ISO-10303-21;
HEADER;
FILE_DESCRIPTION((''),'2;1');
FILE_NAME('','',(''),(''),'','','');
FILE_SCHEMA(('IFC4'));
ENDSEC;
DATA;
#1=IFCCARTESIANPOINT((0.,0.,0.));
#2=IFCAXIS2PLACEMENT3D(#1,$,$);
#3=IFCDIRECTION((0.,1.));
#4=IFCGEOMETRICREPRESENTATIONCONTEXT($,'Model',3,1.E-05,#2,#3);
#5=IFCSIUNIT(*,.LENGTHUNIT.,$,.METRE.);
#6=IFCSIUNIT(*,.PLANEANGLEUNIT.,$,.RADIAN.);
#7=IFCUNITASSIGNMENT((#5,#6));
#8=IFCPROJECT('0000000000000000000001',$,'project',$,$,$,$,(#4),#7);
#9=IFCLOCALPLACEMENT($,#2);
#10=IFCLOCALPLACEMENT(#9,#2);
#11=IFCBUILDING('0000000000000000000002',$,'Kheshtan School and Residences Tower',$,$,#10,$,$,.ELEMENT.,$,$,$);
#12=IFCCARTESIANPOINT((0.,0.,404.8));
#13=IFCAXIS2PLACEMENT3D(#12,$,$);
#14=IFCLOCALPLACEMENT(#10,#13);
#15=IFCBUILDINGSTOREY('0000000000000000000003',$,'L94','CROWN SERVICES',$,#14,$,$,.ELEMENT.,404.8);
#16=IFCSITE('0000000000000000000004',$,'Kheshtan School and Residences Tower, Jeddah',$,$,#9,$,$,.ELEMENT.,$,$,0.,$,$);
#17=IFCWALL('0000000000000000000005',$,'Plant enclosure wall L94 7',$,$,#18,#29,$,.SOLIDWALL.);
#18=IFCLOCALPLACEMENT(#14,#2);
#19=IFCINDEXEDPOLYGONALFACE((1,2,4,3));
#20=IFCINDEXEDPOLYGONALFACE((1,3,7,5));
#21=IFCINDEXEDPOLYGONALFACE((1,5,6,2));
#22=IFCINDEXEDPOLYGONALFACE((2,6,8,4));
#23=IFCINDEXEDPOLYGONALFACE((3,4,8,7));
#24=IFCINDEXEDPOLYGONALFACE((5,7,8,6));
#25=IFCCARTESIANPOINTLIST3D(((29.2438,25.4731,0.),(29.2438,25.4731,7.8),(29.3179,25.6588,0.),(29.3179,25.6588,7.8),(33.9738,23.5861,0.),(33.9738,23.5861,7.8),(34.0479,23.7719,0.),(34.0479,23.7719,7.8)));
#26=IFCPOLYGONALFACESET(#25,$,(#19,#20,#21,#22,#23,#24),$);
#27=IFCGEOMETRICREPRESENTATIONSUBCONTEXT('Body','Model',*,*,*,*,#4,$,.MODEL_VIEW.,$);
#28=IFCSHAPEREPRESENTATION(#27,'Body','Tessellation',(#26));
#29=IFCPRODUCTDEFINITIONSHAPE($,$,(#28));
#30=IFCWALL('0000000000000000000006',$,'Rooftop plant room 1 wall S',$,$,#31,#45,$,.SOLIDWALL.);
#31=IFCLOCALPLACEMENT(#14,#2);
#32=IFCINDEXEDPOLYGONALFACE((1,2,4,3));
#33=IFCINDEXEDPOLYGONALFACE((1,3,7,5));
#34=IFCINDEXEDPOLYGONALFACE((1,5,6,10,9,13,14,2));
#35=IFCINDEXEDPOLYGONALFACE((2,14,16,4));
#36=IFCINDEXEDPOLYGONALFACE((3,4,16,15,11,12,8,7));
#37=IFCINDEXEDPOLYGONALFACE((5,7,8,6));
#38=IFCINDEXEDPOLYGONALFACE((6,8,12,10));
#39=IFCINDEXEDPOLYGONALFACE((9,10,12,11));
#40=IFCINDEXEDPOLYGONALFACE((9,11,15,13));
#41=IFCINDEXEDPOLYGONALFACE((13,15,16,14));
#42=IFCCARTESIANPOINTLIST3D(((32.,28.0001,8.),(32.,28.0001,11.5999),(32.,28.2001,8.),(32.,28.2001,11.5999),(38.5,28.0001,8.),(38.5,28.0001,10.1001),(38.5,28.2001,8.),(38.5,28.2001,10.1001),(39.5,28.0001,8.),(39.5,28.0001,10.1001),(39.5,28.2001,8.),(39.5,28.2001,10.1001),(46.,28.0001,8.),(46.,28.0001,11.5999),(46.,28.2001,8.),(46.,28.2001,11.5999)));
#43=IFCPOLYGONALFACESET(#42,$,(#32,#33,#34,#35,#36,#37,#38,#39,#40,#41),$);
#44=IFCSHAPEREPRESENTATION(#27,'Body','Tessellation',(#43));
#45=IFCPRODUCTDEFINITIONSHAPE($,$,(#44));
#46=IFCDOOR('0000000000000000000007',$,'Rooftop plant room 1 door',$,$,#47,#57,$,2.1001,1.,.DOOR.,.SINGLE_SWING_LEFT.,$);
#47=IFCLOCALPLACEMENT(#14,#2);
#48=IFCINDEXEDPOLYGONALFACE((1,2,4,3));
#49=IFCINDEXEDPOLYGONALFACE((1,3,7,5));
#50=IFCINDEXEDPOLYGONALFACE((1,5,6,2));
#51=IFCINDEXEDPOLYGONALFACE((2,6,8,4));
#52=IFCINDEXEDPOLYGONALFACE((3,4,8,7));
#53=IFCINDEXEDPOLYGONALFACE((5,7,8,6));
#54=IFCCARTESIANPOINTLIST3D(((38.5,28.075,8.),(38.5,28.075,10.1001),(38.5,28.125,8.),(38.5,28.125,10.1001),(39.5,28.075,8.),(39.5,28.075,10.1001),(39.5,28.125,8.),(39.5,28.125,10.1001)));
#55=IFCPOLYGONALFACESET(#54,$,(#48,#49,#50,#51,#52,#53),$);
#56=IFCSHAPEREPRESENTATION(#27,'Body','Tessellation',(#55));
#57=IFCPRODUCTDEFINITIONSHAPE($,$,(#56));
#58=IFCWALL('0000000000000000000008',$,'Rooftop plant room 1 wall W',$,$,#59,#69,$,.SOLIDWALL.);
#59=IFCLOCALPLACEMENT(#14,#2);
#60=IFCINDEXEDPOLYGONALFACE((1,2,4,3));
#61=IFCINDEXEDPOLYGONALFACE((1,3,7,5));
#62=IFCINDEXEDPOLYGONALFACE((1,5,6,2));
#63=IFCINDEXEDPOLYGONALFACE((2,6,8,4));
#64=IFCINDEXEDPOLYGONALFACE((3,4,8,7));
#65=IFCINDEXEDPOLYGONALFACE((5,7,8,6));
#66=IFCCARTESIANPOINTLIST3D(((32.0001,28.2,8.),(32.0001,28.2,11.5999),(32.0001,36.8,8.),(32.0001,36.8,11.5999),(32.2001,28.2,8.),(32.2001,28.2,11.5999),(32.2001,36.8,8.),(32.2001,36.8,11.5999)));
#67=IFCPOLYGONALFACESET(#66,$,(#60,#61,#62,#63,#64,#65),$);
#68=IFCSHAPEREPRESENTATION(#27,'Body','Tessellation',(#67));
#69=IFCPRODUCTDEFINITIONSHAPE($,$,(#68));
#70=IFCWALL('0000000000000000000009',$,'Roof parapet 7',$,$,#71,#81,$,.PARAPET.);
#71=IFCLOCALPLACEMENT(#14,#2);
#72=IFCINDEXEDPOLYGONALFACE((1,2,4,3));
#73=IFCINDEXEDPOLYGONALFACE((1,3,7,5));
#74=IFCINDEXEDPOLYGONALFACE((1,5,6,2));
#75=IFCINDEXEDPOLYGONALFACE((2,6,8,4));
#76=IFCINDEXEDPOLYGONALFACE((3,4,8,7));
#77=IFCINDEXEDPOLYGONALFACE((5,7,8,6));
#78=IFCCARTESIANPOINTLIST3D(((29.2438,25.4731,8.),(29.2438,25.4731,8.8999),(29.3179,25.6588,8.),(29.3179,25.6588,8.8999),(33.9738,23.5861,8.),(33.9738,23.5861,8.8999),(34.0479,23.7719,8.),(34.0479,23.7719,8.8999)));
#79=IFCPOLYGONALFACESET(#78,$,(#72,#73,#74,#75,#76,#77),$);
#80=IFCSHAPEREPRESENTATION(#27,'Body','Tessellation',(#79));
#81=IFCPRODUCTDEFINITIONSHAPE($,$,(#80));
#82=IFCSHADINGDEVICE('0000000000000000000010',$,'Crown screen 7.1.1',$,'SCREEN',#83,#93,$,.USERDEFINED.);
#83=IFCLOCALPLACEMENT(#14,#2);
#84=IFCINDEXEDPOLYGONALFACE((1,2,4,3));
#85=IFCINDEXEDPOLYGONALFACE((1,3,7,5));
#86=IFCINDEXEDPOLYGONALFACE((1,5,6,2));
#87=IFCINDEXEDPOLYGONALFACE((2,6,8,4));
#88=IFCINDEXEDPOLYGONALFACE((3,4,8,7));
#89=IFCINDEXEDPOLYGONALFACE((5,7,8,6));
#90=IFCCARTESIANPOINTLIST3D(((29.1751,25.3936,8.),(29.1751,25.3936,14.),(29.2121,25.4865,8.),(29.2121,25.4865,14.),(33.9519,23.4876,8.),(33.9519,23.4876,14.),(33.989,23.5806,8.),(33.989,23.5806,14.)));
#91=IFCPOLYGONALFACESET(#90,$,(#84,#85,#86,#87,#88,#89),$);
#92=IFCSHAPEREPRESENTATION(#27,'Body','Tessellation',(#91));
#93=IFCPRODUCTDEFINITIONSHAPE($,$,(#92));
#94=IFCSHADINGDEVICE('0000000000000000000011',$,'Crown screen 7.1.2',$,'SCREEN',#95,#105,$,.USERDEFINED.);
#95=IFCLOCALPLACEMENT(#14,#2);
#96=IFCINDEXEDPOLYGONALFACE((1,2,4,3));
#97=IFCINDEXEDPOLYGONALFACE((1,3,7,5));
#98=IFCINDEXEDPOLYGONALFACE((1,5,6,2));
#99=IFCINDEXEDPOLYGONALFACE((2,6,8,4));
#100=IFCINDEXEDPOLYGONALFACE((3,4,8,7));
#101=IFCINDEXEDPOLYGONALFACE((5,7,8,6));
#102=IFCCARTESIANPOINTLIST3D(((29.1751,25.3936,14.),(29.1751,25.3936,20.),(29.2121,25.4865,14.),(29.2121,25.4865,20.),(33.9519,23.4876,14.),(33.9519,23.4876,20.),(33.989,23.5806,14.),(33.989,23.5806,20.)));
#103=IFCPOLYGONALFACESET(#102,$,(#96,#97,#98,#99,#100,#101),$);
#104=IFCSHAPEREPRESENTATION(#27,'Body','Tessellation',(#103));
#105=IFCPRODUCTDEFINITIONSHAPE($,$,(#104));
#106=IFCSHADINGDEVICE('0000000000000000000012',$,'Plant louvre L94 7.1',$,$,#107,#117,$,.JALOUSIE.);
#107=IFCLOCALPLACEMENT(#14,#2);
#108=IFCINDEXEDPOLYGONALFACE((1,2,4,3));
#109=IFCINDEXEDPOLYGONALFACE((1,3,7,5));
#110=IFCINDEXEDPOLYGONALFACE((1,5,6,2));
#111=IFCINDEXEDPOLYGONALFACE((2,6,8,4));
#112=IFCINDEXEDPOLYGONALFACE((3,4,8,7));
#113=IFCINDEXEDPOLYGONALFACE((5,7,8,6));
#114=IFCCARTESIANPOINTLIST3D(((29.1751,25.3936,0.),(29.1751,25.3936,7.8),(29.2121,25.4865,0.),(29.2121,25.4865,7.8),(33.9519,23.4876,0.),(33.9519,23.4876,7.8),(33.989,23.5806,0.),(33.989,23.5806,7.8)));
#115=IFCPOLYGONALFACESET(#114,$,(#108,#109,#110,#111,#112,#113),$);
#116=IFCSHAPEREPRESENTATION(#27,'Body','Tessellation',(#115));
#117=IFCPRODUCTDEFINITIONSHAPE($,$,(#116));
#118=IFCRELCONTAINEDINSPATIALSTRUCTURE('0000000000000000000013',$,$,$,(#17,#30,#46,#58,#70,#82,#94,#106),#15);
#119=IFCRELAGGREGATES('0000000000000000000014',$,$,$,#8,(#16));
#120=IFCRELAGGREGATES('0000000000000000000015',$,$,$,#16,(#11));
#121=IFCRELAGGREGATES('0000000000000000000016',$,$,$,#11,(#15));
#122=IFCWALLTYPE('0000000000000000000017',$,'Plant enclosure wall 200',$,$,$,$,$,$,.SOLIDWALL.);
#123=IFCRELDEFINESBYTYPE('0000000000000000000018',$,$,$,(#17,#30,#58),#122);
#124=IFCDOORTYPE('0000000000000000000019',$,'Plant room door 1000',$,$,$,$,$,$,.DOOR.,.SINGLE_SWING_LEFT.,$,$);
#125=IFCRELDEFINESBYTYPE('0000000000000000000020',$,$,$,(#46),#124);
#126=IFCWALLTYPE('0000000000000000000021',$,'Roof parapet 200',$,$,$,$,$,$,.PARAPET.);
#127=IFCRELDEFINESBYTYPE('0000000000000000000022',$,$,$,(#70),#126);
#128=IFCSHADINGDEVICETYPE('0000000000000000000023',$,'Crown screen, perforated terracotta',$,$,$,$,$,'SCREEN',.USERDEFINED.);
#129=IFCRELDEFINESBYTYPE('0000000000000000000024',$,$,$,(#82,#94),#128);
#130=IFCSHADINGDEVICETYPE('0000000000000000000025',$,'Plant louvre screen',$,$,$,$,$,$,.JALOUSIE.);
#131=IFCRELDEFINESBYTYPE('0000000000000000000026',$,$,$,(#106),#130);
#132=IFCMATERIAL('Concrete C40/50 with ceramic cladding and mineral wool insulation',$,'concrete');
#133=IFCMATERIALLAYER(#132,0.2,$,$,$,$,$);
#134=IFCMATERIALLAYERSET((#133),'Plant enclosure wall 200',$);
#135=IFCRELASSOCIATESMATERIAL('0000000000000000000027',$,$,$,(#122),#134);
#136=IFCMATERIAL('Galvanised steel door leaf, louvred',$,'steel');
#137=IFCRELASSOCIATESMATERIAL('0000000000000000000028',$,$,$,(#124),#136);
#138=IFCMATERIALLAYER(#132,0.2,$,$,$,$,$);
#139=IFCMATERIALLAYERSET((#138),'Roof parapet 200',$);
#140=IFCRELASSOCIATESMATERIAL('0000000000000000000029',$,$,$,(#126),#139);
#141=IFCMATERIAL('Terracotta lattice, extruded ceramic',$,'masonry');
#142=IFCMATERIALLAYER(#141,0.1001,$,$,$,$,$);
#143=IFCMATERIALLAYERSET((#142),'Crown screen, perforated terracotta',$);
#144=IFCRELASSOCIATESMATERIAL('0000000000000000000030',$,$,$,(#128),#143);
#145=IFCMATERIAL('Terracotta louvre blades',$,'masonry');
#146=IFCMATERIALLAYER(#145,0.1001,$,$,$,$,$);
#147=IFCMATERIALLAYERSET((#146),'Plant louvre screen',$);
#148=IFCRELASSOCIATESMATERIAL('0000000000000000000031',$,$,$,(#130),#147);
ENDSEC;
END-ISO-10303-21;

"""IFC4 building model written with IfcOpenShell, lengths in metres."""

from ifc_helpers import new_model, si_unit, direction, frame, frame_2d, origin, origin_2d, place, context, subcontext, project, spatial, rectangle, extrude, source, transform, mapped, material, layer, layer_set, type_object, element, fill, save


model = new_model("IFC4")

# Units and contexts
model_context = context("Model", 3, precision=1e-05, world=origin(), true_north=direction((0.0, 1.0)))
body_context = subcontext(model_context, "Body", "Model", "MODEL_VIEW")
ifc_project = project(units=[si_unit("LENGTHUNIT", "METRE"), si_unit("PLANEANGLEUNIT", "RADIAN")], contexts=[model_context])

# Site, building, storey
site_placement = place(None, origin())
site = spatial("IfcSite", under=ifc_project, at=site_placement, Name="Kheshtan School and Residences Tower, Jeddah", CompositionType="ELEMENT", RefElevation=0.0)
building_placement = place(site_placement, origin())
building = spatial("IfcBuilding", under=site, at=building_placement, Name="Kheshtan School and Residences Tower", CompositionType="ELEMENT")
storey_placement = place(building_placement, frame((0.0, 0.0, 404.8)))
storey = spatial("IfcBuildingStorey", under=building, at=storey_placement, Name="L94", Description="CROWN SERVICES", CompositionType="ELEMENT", Elevation=404.8)

# Wall
ifc_material_1 = material(Name="Concrete C40/50 with ceramic cladding and mineral wool insulation", Category="concrete")
ifc_layer_1 = layer(ifc_material_1, 0.2)
ifc_layer_set_1 = layer_set([ifc_layer_1], Name="Plant enclosure wall 200")
wall_type_1 = type_object("IfcWallType", Name="Plant enclosure wall 200", PredefinedType="SOLIDWALL", material=ifc_layer_set_1)
wall_1_placement = place(storey_placement, frame((34.011, 23.679, 0.0), z_axis=(0.0, 0.0, 1.0), x_axis=(-0.928817, 0.370539, 0.0)))
element("IfcWall", 1, at=wall_1_placement, inside=storey, type_object=wall_type_1, Name="Plant enclosure wall L94 7", PredefinedType="SOLIDWALL", context=body_context, shape_type="SweptSolid", body=[
    extrude(rectangle(XDim=5.0925, YDim=0.2, at=frame_2d((2.5464, 0.0))), origin(), (0.0, 0.0, 1.0), 7.8),
])

# Wall, opening, door
wall_2_placement = place(storey_placement, frame((32.0, 28.1001, 8.0), z_axis=(0.0, 0.0, 1.0), x_axis=(1.0, 0.0, 0.0)))
wall_2 = element("IfcWall", 2, at=wall_2_placement, inside=storey, type_object=wall_type_1, Name="Rooftop plant room 1 wall S", PredefinedType="SOLIDWALL", context=body_context, shape_type="SweptSolid", body=[
    extrude(rectangle(XDim=14.0, YDim=0.2, at=frame_2d((7.0, 0.0))), origin(), (0.0, 0.0, 1.0), 3.5999),
])
opening_1_placement = place(wall_2_placement, frame((6.5, 0.0, 0.0)))
opening_1 = element("IfcOpeningElement", 3, at=opening_1_placement, cuts=wall_2, PredefinedType="OPENING", context=body_context, shape_type="SweptSolid", body=[
    extrude(rectangle(XDim=1.0, YDim=2.1001, at=frame_2d((0.5, 1.05))), frame((0.0, 0.1099, 0.0), z_axis=(0.0, -1.0, 0.0), x_axis=(1.0, 0.0, 0.0)), (0.0, 0.0, 1.0), 0.22),
])
ifc_material_2 = material(Name="Galvanised steel door leaf, louvred", Category="steel")
door_type_1 = type_object("IfcDoorType", Name="Plant room door 1000", OperationType="SINGLE_SWING_LEFT", PredefinedType="DOOR", material=ifc_material_2)
shared_shape_1 = source(origin(), body_context, "Body", "SweptSolid", [
    extrude(rectangle(XDim=1.0, YDim=2.1001, at=frame_2d((0.5, 1.05))), frame((0.0, 0.0249, 0.0), z_axis=(0.0, -1.0, 0.0), x_axis=(1.0, 0.0, 0.0)), (0.0, 0.0, 1.0), 0.05),
])
door_1_placement = place(opening_1_placement, origin())
door_1 = element("IfcDoor", 4, at=door_1_placement, inside=storey, type_object=door_type_1, Name="Rooftop plant room 1 door", OperationType="SINGLE_SWING_LEFT", OverallHeight=2.1001, OverallWidth=1.0, PredefinedType="DOOR", context=body_context, shape_type="MappedRepresentation", body=[
    mapped(shared_shape_1, transform((0.0, 0.0, 0.0), x_axis=(1.0, 0.0, 0.0), y_axis=(0.0, 1.0, 0.0), z_axis=(0.0, 0.0, 1.0), scale=1.0)),
])
fill(opening_1, door_1)

# Walls
wall_3_placement = place(storey_placement, frame((32.1001, 28.2, 8.0), z_axis=(0.0, 0.0, 1.0), x_axis=(0.0, 1.0, 0.0)))
element("IfcWall", 5, at=wall_3_placement, inside=storey, type_object=wall_type_1, Name="Rooftop plant room 1 wall W", PredefinedType="SOLIDWALL", context=body_context, shape_type="SweptSolid", body=[
    extrude(rectangle(XDim=8.6001, YDim=0.2, at=frame_2d((4.3, 0.0))), origin(), (0.0, 0.0, 1.0), 3.5999),
])
ifc_layer_2 = layer(ifc_material_1, 0.2)
ifc_layer_set_2 = layer_set([ifc_layer_2], Name="Roof parapet 200")
wall_type_2 = type_object("IfcWallType", Name="Roof parapet 200", PredefinedType="PARAPET", material=ifc_layer_set_2)
wall_4_placement = place(storey_placement, frame((34.011, 23.679, 8.0), z_axis=(0.0, 0.0, 1.0), x_axis=(-0.928817, 0.370539, 0.0)))
element("IfcWall", 6, at=wall_4_placement, inside=storey, type_object=wall_type_2, Name="Roof parapet 7", PredefinedType="PARAPET", context=body_context, shape_type="SweptSolid", body=[
    extrude(rectangle(XDim=5.0925, YDim=0.2, at=frame_2d((2.5464, 0.0))), origin(), (0.0, 0.0, 1.0), 0.8999),
])

# Shading devices
ifc_material_3 = material(Name="Terracotta lattice, extruded ceramic", Category="masonry")
ifc_layer_3 = layer(ifc_material_3, 0.1001)
ifc_layer_set_3 = layer_set([ifc_layer_3], Name="Crown screen, perforated terracotta")
shading_device_type_1 = type_object("IfcShadingDeviceType", Name="Crown screen, perforated terracotta", ElementType="SCREEN", PredefinedType="USERDEFINED", material=ifc_layer_set_3)
for number, where, z_axis, x_axis, name in (
    (7, (31.582, 24.4871, 8.0), (0.0, 0.0, 1.0), (-0.928797, 0.37059, 0.0), "Crown screen 7.1.1"),
    (8, (31.582, 24.4871, 14.0), (0.0, 0.0, 1.0), (-0.928797, 0.37059, 0.0), "Crown screen 7.1.2"),
):
    element("IfcShadingDevice", number, at=place(storey_placement, frame(where, z_axis=z_axis, x_axis=x_axis)), inside=storey, type_object=shading_device_type_1, Name=name, ObjectType="SCREEN", PredefinedType="USERDEFINED", context=body_context, shape_type="SweptSolid", body=[
        extrude(rectangle(XDim=5.1431, YDim=0.1001, at=origin_2d()), origin(), (0.0, 0.0, 1.0), 6.0),
    ])
ifc_material_4 = material(Name="Terracotta louvre blades", Category="masonry")
ifc_layer_4 = layer(ifc_material_4, 0.1001)
ifc_layer_set_4 = layer_set([ifc_layer_4], Name="Plant louvre screen")
shading_device_type_2 = type_object("IfcShadingDeviceType", Name="Plant louvre screen", PredefinedType="JALOUSIE", material=ifc_layer_set_4)
shading_device_placement = place(storey_placement, frame((31.582, 24.4871, 0.0), z_axis=(0.0, 0.0, 1.0), x_axis=(-0.928797, 0.37059, 0.0)))
element("IfcShadingDevice", 9, at=shading_device_placement, inside=storey, type_object=shading_device_type_2, Name="Plant louvre L94 7.1", PredefinedType="JALOUSIE", context=body_context, shape_type="SweptSolid", body=[
    extrude(rectangle(XDim=5.1431, YDim=0.1001, at=origin_2d()), origin(), (0.0, 0.0, 1.0), 7.8),
])

save(model, "model.ifc")
